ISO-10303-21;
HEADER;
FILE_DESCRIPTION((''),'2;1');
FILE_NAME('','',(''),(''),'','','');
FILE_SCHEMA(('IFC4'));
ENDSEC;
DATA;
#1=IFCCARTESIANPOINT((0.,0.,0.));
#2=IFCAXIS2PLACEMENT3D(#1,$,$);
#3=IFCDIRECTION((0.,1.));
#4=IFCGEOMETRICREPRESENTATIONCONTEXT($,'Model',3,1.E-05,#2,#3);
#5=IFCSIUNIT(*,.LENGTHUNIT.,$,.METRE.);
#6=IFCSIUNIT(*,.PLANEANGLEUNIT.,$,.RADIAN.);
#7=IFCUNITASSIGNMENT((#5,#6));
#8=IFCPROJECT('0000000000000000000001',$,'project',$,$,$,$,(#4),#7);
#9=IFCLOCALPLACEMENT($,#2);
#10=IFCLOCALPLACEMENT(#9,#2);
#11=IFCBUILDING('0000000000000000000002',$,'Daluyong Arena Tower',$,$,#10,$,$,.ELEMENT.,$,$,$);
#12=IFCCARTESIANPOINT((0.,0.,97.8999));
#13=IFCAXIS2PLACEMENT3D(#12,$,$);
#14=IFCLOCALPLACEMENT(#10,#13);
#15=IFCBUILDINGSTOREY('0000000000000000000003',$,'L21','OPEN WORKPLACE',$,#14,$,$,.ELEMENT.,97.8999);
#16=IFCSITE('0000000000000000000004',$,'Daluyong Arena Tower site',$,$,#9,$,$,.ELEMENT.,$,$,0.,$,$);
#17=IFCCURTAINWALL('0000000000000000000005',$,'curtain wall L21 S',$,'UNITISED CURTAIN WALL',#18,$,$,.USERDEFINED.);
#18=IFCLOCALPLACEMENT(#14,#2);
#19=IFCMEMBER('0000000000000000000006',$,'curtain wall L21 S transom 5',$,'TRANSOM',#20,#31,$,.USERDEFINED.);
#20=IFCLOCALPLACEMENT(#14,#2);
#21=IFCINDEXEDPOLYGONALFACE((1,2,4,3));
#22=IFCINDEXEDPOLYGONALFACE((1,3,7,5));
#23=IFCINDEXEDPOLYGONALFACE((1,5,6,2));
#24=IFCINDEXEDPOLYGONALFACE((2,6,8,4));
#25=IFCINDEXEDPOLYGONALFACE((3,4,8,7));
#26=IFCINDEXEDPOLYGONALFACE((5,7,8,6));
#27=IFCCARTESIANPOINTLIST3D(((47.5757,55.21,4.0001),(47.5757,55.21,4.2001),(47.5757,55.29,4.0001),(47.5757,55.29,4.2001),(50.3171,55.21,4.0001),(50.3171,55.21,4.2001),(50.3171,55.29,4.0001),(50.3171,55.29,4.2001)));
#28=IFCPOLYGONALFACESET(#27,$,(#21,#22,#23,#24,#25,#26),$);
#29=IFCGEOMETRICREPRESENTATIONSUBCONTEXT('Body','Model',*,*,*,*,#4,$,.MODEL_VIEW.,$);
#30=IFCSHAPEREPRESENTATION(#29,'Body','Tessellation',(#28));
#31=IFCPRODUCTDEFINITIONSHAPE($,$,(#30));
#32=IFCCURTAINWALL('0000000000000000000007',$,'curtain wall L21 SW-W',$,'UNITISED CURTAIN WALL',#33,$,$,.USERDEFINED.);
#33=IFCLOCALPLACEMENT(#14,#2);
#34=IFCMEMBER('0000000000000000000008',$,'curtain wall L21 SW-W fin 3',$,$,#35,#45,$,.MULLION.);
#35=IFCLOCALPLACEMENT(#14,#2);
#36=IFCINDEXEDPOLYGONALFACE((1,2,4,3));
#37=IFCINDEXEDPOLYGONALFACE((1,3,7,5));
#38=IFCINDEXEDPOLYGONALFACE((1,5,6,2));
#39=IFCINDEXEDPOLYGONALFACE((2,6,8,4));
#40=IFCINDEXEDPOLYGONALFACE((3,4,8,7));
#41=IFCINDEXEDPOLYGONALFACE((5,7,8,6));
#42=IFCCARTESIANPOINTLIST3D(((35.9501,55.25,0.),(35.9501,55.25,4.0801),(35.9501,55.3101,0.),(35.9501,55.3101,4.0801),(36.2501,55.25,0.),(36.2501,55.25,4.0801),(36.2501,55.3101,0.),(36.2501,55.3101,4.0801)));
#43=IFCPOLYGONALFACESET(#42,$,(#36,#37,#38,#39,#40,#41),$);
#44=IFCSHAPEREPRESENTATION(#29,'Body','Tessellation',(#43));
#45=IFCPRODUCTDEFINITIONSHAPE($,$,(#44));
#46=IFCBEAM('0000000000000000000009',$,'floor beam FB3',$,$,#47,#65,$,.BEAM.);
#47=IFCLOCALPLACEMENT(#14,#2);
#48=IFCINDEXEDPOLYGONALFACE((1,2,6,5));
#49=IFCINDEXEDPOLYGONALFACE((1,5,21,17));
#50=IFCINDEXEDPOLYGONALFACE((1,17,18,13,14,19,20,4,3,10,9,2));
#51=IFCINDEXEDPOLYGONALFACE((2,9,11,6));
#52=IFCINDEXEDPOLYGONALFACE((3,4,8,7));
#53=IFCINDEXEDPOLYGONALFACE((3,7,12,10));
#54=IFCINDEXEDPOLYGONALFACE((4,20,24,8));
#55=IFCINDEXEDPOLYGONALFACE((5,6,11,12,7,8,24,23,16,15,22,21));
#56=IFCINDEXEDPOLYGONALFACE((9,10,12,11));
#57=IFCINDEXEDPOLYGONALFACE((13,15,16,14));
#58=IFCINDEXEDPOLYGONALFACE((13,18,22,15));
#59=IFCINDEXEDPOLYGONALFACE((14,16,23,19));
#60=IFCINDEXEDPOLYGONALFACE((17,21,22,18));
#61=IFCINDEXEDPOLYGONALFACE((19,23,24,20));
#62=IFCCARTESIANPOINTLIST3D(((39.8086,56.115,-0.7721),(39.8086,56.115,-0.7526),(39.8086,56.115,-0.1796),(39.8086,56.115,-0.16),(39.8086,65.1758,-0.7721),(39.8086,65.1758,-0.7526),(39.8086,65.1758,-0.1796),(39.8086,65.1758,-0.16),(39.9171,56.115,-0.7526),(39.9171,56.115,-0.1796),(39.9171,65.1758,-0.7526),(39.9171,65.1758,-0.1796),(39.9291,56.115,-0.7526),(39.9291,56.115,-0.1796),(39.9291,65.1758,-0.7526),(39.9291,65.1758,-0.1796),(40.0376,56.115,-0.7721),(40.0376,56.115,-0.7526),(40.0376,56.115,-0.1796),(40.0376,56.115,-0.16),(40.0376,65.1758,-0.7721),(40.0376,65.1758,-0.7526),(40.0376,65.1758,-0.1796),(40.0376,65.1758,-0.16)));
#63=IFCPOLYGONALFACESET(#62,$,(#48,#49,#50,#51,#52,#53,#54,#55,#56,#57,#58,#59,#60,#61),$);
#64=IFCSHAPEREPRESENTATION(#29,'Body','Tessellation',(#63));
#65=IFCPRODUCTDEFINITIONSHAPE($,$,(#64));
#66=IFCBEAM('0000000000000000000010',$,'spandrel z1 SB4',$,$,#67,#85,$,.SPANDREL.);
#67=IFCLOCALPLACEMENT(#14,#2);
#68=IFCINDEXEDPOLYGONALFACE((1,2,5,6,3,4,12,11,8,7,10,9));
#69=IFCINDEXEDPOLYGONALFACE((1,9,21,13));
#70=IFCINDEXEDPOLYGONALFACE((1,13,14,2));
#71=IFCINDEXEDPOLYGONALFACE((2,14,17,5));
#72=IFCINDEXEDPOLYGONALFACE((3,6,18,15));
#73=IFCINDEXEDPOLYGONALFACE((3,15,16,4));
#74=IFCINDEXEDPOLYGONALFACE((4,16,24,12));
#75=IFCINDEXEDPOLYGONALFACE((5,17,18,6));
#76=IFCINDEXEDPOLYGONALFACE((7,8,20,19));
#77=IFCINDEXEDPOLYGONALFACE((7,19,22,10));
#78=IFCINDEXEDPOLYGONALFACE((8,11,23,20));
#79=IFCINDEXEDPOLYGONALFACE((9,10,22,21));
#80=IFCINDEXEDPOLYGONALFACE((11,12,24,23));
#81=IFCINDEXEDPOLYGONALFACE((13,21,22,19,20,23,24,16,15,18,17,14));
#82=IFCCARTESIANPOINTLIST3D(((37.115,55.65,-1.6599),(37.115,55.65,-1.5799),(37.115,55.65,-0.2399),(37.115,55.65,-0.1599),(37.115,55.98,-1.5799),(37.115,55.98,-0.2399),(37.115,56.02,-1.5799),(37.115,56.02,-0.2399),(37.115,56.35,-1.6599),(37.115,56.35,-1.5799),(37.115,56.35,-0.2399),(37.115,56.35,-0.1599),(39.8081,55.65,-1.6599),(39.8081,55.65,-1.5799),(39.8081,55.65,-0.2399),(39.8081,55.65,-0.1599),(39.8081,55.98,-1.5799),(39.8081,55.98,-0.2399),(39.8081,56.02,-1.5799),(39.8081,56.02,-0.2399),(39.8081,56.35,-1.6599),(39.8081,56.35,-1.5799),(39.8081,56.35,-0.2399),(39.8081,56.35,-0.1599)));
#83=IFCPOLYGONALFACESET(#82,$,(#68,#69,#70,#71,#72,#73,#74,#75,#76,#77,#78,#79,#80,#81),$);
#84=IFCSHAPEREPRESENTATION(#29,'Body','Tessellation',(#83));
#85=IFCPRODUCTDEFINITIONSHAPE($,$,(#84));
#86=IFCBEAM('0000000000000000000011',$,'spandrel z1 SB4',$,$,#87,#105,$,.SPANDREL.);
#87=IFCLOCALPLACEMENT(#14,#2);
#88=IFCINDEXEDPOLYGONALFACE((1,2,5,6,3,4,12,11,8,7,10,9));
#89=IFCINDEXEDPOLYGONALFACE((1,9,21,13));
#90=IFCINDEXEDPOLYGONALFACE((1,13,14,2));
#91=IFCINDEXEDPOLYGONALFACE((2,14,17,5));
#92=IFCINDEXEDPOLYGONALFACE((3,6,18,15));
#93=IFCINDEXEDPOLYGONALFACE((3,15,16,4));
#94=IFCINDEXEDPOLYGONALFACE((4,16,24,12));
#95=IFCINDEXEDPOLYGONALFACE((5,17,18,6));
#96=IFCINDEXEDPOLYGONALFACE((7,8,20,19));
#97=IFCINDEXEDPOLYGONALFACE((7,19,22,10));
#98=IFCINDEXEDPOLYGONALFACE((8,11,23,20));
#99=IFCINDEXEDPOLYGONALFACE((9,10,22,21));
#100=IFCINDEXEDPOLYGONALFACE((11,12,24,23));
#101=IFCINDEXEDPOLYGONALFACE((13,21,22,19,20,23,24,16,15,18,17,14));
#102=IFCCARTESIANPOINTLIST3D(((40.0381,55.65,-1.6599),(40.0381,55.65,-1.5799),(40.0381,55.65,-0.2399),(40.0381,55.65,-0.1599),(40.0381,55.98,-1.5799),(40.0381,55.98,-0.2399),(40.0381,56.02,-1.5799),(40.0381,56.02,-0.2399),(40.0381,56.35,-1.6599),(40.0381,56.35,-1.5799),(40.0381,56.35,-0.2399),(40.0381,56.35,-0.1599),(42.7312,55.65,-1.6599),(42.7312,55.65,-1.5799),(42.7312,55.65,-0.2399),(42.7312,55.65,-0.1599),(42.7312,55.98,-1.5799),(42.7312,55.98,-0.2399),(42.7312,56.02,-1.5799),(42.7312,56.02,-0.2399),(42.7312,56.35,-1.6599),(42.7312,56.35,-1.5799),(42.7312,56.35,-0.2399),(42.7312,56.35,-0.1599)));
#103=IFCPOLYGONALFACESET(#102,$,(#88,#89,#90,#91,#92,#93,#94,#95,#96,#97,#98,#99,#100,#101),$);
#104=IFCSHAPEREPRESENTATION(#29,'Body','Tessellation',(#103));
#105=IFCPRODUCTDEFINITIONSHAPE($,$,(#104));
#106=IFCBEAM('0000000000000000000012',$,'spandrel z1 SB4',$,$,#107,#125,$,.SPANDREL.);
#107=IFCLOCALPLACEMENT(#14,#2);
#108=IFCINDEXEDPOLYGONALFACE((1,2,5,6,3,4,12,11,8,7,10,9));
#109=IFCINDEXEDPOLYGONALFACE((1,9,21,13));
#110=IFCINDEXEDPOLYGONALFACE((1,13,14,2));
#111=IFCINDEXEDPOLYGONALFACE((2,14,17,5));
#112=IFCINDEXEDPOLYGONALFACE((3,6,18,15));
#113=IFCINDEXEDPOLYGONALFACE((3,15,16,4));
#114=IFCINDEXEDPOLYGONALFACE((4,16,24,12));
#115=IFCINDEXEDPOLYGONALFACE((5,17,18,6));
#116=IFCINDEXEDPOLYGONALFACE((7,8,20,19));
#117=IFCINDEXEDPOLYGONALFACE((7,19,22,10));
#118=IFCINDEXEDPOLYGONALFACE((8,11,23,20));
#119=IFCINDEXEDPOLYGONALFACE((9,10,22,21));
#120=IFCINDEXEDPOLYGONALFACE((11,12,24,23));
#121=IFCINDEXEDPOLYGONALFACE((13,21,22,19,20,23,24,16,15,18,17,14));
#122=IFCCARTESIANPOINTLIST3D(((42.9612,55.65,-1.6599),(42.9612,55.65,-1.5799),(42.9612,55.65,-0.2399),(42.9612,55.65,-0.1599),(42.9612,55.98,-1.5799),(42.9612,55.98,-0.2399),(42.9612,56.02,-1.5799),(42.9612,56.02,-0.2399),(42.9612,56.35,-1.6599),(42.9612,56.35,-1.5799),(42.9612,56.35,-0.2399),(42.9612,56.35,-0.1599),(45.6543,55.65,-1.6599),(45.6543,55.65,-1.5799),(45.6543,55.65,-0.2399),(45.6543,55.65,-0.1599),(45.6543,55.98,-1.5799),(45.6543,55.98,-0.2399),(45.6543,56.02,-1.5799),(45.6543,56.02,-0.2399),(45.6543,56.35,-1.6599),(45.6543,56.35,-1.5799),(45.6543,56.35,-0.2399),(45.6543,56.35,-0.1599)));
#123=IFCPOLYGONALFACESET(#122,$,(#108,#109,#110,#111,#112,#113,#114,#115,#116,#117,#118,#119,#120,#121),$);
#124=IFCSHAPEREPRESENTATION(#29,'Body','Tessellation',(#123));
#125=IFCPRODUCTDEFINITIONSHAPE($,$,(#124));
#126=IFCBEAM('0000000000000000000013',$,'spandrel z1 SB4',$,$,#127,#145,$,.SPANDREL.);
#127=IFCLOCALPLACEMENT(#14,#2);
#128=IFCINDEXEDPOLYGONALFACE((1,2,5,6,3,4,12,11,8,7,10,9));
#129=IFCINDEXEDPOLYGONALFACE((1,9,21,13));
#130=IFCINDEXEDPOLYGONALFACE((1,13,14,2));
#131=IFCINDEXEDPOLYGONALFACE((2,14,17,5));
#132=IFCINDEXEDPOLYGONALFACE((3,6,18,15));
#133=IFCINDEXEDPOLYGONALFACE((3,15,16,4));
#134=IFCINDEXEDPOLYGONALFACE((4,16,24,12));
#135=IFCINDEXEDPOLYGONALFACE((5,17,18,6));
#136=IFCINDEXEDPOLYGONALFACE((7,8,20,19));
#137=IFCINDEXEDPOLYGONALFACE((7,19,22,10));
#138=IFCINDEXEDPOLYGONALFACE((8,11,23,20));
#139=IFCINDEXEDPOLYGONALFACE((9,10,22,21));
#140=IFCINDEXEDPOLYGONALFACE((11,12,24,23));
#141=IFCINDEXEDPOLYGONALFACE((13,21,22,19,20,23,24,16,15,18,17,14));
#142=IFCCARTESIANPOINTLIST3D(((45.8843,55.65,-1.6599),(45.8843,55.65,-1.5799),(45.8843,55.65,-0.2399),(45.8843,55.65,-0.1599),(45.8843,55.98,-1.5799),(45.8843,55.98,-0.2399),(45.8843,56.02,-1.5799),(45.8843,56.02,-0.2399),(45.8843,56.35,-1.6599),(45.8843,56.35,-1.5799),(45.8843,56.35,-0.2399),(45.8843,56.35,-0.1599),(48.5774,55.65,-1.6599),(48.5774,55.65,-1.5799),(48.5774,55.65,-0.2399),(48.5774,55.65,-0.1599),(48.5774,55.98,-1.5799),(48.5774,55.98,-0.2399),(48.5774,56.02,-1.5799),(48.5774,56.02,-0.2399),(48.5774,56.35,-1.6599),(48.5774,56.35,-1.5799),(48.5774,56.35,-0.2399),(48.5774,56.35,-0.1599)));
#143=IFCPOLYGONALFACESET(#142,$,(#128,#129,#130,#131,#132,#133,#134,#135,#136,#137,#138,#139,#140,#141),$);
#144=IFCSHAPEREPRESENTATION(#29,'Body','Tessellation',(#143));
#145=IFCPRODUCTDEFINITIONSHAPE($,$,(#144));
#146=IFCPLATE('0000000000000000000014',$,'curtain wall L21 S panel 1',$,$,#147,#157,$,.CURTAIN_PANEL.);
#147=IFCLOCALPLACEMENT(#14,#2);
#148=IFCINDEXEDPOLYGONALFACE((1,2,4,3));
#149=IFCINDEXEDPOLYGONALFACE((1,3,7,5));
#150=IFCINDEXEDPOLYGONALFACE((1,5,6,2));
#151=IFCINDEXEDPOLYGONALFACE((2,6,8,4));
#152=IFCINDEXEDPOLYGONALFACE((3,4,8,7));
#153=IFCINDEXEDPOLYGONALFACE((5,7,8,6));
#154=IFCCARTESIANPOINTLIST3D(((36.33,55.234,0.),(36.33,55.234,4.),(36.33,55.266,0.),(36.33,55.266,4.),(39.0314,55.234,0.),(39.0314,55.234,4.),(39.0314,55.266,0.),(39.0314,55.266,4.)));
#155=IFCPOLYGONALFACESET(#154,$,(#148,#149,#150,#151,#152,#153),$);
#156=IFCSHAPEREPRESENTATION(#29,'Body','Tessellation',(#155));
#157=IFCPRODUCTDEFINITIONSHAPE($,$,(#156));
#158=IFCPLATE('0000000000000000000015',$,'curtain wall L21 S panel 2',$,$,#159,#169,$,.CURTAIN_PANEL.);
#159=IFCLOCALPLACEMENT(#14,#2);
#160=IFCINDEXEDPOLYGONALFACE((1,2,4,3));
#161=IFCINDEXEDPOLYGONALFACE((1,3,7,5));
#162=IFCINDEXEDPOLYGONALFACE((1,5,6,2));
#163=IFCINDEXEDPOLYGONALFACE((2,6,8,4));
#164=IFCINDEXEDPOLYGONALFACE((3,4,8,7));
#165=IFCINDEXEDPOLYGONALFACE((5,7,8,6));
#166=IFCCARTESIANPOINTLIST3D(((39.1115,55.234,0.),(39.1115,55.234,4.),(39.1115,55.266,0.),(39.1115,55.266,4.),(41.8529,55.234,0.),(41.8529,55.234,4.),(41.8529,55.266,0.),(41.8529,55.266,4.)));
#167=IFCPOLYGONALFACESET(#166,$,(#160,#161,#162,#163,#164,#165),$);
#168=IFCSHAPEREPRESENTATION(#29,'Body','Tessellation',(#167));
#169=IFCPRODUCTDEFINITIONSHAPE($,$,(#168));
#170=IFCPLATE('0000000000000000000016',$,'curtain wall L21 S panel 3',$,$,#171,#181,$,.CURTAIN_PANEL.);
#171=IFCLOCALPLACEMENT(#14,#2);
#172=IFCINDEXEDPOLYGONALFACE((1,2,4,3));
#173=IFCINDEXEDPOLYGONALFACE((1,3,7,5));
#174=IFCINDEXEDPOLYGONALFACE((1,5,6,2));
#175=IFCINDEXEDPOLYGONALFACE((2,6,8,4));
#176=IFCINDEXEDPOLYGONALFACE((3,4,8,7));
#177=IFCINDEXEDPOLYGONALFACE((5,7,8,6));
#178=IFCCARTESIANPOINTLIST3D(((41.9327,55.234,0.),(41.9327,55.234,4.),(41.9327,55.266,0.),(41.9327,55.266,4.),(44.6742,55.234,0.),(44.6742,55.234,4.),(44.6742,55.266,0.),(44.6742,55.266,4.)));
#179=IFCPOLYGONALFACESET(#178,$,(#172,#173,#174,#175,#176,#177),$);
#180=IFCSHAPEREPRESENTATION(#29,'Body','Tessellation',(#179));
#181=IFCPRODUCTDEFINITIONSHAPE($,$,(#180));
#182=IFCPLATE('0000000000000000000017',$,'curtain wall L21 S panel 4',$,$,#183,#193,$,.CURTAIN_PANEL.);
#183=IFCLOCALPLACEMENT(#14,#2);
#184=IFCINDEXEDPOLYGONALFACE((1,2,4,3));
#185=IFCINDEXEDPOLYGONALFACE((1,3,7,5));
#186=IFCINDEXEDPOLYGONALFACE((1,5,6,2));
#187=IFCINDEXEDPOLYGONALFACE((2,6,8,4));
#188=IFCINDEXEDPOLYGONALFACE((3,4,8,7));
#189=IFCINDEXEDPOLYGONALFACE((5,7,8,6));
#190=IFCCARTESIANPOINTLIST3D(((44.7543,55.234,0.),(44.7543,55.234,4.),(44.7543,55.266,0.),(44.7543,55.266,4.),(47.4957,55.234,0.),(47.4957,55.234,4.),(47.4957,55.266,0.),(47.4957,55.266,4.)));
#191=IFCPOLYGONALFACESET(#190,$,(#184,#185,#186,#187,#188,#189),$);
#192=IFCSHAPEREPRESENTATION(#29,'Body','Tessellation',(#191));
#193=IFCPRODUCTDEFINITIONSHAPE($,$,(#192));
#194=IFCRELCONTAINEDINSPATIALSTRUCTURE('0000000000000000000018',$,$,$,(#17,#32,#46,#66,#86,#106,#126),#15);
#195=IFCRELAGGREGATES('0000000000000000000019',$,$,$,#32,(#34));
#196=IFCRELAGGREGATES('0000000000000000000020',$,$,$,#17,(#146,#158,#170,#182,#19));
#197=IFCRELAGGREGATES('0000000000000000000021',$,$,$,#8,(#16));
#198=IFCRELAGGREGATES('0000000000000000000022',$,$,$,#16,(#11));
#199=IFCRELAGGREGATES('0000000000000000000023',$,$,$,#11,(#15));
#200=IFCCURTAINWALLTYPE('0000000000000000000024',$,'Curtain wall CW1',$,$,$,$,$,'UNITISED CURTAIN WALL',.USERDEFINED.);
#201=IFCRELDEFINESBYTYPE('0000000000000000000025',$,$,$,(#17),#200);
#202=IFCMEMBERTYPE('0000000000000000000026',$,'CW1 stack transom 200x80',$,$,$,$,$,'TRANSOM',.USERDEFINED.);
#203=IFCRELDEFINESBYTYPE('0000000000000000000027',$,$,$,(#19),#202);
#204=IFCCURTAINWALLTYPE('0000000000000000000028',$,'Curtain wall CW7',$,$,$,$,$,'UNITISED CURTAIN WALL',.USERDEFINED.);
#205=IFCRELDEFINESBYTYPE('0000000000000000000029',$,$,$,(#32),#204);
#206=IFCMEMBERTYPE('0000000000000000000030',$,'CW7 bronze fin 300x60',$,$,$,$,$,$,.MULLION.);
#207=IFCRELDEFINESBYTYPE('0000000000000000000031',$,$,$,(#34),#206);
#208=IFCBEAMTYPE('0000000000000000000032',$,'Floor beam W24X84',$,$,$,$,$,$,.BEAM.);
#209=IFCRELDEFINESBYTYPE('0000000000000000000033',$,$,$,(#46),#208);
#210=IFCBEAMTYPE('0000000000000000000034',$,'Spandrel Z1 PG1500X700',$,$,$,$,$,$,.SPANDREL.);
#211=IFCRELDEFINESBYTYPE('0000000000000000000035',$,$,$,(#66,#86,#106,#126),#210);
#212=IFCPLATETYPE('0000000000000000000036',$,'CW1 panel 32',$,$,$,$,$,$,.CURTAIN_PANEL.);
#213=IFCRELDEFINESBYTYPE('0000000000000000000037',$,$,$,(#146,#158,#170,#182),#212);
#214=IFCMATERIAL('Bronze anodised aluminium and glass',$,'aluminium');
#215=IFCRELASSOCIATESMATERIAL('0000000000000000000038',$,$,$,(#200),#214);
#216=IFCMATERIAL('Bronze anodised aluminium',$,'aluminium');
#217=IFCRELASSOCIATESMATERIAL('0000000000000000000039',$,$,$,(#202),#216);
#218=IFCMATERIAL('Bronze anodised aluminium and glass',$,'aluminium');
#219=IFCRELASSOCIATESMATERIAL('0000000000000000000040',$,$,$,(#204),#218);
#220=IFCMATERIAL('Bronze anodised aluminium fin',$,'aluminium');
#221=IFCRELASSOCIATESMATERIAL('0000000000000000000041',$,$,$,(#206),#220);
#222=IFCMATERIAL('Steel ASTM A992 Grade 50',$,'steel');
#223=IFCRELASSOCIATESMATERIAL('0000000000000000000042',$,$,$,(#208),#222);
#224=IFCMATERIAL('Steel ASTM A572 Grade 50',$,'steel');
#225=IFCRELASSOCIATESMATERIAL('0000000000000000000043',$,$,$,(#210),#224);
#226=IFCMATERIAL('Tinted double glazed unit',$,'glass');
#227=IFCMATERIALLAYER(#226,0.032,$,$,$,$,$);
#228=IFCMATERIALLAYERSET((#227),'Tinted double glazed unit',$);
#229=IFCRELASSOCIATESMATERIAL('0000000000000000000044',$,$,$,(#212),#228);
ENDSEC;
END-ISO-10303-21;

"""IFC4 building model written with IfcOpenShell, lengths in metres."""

from ifc_helpers import new_model, si_unit, direction, frame, origin, origin_2d, place, context, subcontext, project, spatial, rectangle, i_section, extrude, material, layer, layer_set, material_profile, profile_set, type_object, element, aggregate, save


model = new_model("IFC4")

# Units and contexts
model_context = context("Model", 3, precision=1e-05, world=origin(), true_north=direction((0.0, 1.0)))
body_context = subcontext(model_context, "Body", "Model", "MODEL_VIEW")
ifc_project = project(units=[si_unit("LENGTHUNIT", "METRE"), si_unit("PLANEANGLEUNIT", "RADIAN")], contexts=[model_context])

# Site, building, storey
site_placement = place(None, origin())
site = spatial("IfcSite", under=ifc_project, at=site_placement, Name="Daluyong Arena Tower site", CompositionType="ELEMENT", RefElevation=0.0)
building_placement = place(site_placement, origin())
building = spatial("IfcBuilding", under=site, at=building_placement, Name="Daluyong Arena Tower", CompositionType="ELEMENT")
storey_placement = place(building_placement, frame((0.0, 0.0, 97.8999)))
storey = spatial("IfcBuildingStorey", under=building, at=storey_placement, Name="L21", Description="OPEN WORKPLACE", CompositionType="ELEMENT", Elevation=97.8999)

# Curtain wall, member
ifc_material_1 = material(Name="Bronze anodised aluminium and glass", Category="aluminium")
curtain_wall_type_1 = type_object("IfcCurtainWallType", Name="Curtain wall CW1", ElementType="UNITISED CURTAIN WALL", PredefinedType="USERDEFINED", material=ifc_material_1)
curtain_wall_1_placement = place(storey_placement, origin())
curtain_wall_1 = element("IfcCurtainWall", 1, at=curtain_wall_1_placement, inside=storey, type_object=curtain_wall_type_1, Name="curtain wall L21 S", ObjectType="UNITISED CURTAIN WALL", PredefinedType="USERDEFINED")
ifc_material_2 = material(Name="Bronze anodised aluminium", Category="aluminium")
ifc_material_profile_1 = material_profile(ifc_material_2, rectangle(XDim=0.0801, YDim=0.2, at=origin_2d()))
ifc_profile_set_1 = profile_set([ifc_material_profile_1], Name="Bronze anodised aluminium")
member_type_1 = type_object("IfcMemberType", Name="CW1 stack transom 200x80", ElementType="TRANSOM", PredefinedType="USERDEFINED", material=ifc_profile_set_1)
member_1_placement = place(storey_placement, frame((47.5757, 55.25, 4.1001), z_axis=(1.0, 0.0, 0.0), x_axis=(0.0, 1.0, 0.0)))
member_1 = element("IfcMember", 2, at=member_1_placement, type_object=member_type_1, Name="curtain wall L21 S transom 5", ObjectType="TRANSOM", PredefinedType="USERDEFINED", context=body_context, shape_type="SweptSolid", body=[
    extrude(rectangle(XDim=0.0801, YDim=0.2, at=origin_2d()), origin(), (0.0, 0.0, 1.0), 2.7415),
])

# Curtain wall, member
ifc_material_3 = material(Name="Bronze anodised aluminium and glass", Category="aluminium")
curtain_wall_type_2 = type_object("IfcCurtainWallType", Name="Curtain wall CW7", ElementType="UNITISED CURTAIN WALL", PredefinedType="USERDEFINED", material=ifc_material_3)
curtain_wall_2_placement = place(storey_placement, origin())
curtain_wall_2 = element("IfcCurtainWall", 3, at=curtain_wall_2_placement, inside=storey, type_object=curtain_wall_type_2, Name="curtain wall L21 SW-W", ObjectType="UNITISED CURTAIN WALL", PredefinedType="USERDEFINED")
ifc_material_4 = material(Name="Bronze anodised aluminium fin", Category="aluminium")
ifc_material_profile_2 = material_profile(ifc_material_4, rectangle(XDim=0.3, YDim=0.0601, at=origin_2d()))
ifc_profile_set_2 = profile_set([ifc_material_profile_2], Name="Bronze anodised aluminium fin")
member_type_2 = type_object("IfcMemberType", Name="CW7 bronze fin 300x60", PredefinedType="MULLION", material=ifc_profile_set_2)
member_2_placement = place(storey_placement, frame((36.1001, 55.28, 0.0), z_axis=(0.0, 0.0, 1.0), x_axis=(1.0, 0.0, 0.0)))
member_2 = element("IfcMember", 4, at=member_2_placement, type_object=member_type_2, Name="curtain wall L21 SW-W fin 3", PredefinedType="MULLION", context=body_context, shape_type="SweptSolid", body=[
    extrude(rectangle(XDim=0.3, YDim=0.0601, at=origin_2d()), origin(), (0.0, 0.0, 1.0), 4.0801),
])
aggregate(curtain_wall_2, [member_2])

# Beams
ifc_material_5 = material(Name="Steel ASTM A992 Grade 50", Category="steel")
ifc_material_profile_3 = material_profile(ifc_material_5, i_section(OverallWidth=0.229, OverallDepth=0.6121, WebThickness=0.012, FlangeThickness=0.0195, at=origin_2d()))
ifc_profile_set_3 = profile_set([ifc_material_profile_3], Name="Steel ASTM A992 Grade 50")
beam_type_1 = type_object("IfcBeamType", Name="Floor beam W24X84", PredefinedType="BEAM", material=ifc_profile_set_3)
beam_placement = place(storey_placement, frame((39.9231, 56.115, -0.4661), z_axis=(0.0, 1.0, 0.0), x_axis=(-1.0, 0.0, 0.0)))
element("IfcBeam", 5, at=beam_placement, inside=storey, type_object=beam_type_1, Name="floor beam FB3", PredefinedType="BEAM", context=body_context, shape_type="SweptSolid", body=[
    extrude(i_section(OverallWidth=0.229, OverallDepth=0.6121, WebThickness=0.012, FlangeThickness=0.0195, at=origin_2d()), origin(), (0.0, 0.0, 1.0), 9.0608),
])
ifc_material_6 = material(Name="Steel ASTM A572 Grade 50", Category="steel")
ifc_material_profile_4 = material_profile(ifc_material_6, i_section(OverallWidth=0.7, OverallDepth=1.5, WebThickness=0.04, FlangeThickness=0.08, at=origin_2d()))
ifc_profile_set_4 = profile_set([ifc_material_profile_4], Name="Steel ASTM A572 Grade 50")
beam_type_2 = type_object("IfcBeamType", Name="Spandrel Z1 PG1500X700", PredefinedType="SPANDREL", material=ifc_profile_set_4)
for number, where, z_axis, x_axis, name in (
    (6, (37.115, 56.0, -0.9099), (1.0, 0.0, 0.0), (0.0, 1.0, 0.0), "spandrel z1 SB4"),
    (7, (40.0381, 56.0, -0.9099), (1.0, 0.0, 0.0), (0.0, 1.0, 0.0), "spandrel z1 SB4"),
    (8, (42.9612, 56.0, -0.9099), (1.0, 0.0, 0.0), (0.0, 1.0, 0.0), "spandrel z1 SB4"),
    (9, (45.8843, 56.0, -0.9099), (1.0, 0.0, 0.0), (0.0, 1.0, 0.0), "spandrel z1 SB4"),
):
    element("IfcBeam", number, at=place(storey_placement, frame(where, z_axis=z_axis, x_axis=x_axis)), inside=storey, type_object=beam_type_2, Name=name, PredefinedType="SPANDREL", context=body_context, shape_type="SweptSolid", body=[
        extrude(i_section(OverallWidth=0.7, OverallDepth=1.5, WebThickness=0.04, FlangeThickness=0.08, at=origin_2d()), origin(), (0.0, 0.0, 1.0), 2.6931),
    ])

# Plates
ifc_material_7 = material(Name="Tinted double glazed unit", Category="glass")
ifc_layer_1 = layer(ifc_material_7, 0.032)
ifc_layer_set_1 = layer_set([ifc_layer_1], Name="Tinted double glazed unit")
plate_type = type_object("IfcPlateType", Name="CW1 panel 32", PredefinedType="CURTAIN_PANEL", material=ifc_layer_set_1)
plate_1_placement = place(storey_placement, frame((37.6807, 55.25, 0.0), z_axis=(0.0, 0.0, 1.0), x_axis=(1.0, 0.0, 0.0)))
plate_1 = element("IfcPlate", 10, at=plate_1_placement, type_object=plate_type, Name="curtain wall L21 S panel 1", PredefinedType="CURTAIN_PANEL", context=body_context, shape_type="SweptSolid", body=[
    extrude(rectangle(XDim=2.7014, YDim=0.032, at=origin_2d()), origin(), (0.0, 0.0, 1.0), 4.0),
])
plate_2_placement = place(storey_placement, frame((40.4822, 55.25, 0.0), z_axis=(0.0, 0.0, 1.0), x_axis=(1.0, 0.0, 0.0)))
plate_2 = element("IfcPlate", 11, at=plate_2_placement, type_object=plate_type, Name="curtain wall L21 S panel 2", PredefinedType="CURTAIN_PANEL", context=body_context, shape_type="SweptSolid", body=[
    extrude(rectangle(XDim=2.7415, YDim=0.032, at=origin_2d()), origin(), (0.0, 0.0, 1.0), 4.0),
])
plate_3_placement = place(storey_placement, frame((43.3035, 55.25, 0.0), z_axis=(0.0, 0.0, 1.0), x_axis=(1.0, 0.0, 0.0)))
plate_3 = element("IfcPlate", 12, at=plate_3_placement, type_object=plate_type, Name="curtain wall L21 S panel 3", PredefinedType="CURTAIN_PANEL", context=body_context, shape_type="SweptSolid", body=[
    extrude(rectangle(XDim=2.7415, YDim=0.032, at=origin_2d()), origin(), (0.0, 0.0, 1.0), 4.0),
])
plate_4_placement = place(storey_placement, frame((46.125, 55.25, 0.0), z_axis=(0.0, 0.0, 1.0), x_axis=(1.0, 0.0, 0.0)))
plate_4 = element("IfcPlate", 13, at=plate_4_placement, type_object=plate_type, Name="curtain wall L21 S panel 4", PredefinedType="CURTAIN_PANEL", context=body_context, shape_type="SweptSolid", body=[
    extrude(rectangle(XDim=2.7415, YDim=0.032, at=origin_2d()), origin(), (0.0, 0.0, 1.0), 4.0),
])
aggregate(curtain_wall_1, [plate_1, plate_2, plate_3, plate_4, member_1])

save(model, "model.ifc")
